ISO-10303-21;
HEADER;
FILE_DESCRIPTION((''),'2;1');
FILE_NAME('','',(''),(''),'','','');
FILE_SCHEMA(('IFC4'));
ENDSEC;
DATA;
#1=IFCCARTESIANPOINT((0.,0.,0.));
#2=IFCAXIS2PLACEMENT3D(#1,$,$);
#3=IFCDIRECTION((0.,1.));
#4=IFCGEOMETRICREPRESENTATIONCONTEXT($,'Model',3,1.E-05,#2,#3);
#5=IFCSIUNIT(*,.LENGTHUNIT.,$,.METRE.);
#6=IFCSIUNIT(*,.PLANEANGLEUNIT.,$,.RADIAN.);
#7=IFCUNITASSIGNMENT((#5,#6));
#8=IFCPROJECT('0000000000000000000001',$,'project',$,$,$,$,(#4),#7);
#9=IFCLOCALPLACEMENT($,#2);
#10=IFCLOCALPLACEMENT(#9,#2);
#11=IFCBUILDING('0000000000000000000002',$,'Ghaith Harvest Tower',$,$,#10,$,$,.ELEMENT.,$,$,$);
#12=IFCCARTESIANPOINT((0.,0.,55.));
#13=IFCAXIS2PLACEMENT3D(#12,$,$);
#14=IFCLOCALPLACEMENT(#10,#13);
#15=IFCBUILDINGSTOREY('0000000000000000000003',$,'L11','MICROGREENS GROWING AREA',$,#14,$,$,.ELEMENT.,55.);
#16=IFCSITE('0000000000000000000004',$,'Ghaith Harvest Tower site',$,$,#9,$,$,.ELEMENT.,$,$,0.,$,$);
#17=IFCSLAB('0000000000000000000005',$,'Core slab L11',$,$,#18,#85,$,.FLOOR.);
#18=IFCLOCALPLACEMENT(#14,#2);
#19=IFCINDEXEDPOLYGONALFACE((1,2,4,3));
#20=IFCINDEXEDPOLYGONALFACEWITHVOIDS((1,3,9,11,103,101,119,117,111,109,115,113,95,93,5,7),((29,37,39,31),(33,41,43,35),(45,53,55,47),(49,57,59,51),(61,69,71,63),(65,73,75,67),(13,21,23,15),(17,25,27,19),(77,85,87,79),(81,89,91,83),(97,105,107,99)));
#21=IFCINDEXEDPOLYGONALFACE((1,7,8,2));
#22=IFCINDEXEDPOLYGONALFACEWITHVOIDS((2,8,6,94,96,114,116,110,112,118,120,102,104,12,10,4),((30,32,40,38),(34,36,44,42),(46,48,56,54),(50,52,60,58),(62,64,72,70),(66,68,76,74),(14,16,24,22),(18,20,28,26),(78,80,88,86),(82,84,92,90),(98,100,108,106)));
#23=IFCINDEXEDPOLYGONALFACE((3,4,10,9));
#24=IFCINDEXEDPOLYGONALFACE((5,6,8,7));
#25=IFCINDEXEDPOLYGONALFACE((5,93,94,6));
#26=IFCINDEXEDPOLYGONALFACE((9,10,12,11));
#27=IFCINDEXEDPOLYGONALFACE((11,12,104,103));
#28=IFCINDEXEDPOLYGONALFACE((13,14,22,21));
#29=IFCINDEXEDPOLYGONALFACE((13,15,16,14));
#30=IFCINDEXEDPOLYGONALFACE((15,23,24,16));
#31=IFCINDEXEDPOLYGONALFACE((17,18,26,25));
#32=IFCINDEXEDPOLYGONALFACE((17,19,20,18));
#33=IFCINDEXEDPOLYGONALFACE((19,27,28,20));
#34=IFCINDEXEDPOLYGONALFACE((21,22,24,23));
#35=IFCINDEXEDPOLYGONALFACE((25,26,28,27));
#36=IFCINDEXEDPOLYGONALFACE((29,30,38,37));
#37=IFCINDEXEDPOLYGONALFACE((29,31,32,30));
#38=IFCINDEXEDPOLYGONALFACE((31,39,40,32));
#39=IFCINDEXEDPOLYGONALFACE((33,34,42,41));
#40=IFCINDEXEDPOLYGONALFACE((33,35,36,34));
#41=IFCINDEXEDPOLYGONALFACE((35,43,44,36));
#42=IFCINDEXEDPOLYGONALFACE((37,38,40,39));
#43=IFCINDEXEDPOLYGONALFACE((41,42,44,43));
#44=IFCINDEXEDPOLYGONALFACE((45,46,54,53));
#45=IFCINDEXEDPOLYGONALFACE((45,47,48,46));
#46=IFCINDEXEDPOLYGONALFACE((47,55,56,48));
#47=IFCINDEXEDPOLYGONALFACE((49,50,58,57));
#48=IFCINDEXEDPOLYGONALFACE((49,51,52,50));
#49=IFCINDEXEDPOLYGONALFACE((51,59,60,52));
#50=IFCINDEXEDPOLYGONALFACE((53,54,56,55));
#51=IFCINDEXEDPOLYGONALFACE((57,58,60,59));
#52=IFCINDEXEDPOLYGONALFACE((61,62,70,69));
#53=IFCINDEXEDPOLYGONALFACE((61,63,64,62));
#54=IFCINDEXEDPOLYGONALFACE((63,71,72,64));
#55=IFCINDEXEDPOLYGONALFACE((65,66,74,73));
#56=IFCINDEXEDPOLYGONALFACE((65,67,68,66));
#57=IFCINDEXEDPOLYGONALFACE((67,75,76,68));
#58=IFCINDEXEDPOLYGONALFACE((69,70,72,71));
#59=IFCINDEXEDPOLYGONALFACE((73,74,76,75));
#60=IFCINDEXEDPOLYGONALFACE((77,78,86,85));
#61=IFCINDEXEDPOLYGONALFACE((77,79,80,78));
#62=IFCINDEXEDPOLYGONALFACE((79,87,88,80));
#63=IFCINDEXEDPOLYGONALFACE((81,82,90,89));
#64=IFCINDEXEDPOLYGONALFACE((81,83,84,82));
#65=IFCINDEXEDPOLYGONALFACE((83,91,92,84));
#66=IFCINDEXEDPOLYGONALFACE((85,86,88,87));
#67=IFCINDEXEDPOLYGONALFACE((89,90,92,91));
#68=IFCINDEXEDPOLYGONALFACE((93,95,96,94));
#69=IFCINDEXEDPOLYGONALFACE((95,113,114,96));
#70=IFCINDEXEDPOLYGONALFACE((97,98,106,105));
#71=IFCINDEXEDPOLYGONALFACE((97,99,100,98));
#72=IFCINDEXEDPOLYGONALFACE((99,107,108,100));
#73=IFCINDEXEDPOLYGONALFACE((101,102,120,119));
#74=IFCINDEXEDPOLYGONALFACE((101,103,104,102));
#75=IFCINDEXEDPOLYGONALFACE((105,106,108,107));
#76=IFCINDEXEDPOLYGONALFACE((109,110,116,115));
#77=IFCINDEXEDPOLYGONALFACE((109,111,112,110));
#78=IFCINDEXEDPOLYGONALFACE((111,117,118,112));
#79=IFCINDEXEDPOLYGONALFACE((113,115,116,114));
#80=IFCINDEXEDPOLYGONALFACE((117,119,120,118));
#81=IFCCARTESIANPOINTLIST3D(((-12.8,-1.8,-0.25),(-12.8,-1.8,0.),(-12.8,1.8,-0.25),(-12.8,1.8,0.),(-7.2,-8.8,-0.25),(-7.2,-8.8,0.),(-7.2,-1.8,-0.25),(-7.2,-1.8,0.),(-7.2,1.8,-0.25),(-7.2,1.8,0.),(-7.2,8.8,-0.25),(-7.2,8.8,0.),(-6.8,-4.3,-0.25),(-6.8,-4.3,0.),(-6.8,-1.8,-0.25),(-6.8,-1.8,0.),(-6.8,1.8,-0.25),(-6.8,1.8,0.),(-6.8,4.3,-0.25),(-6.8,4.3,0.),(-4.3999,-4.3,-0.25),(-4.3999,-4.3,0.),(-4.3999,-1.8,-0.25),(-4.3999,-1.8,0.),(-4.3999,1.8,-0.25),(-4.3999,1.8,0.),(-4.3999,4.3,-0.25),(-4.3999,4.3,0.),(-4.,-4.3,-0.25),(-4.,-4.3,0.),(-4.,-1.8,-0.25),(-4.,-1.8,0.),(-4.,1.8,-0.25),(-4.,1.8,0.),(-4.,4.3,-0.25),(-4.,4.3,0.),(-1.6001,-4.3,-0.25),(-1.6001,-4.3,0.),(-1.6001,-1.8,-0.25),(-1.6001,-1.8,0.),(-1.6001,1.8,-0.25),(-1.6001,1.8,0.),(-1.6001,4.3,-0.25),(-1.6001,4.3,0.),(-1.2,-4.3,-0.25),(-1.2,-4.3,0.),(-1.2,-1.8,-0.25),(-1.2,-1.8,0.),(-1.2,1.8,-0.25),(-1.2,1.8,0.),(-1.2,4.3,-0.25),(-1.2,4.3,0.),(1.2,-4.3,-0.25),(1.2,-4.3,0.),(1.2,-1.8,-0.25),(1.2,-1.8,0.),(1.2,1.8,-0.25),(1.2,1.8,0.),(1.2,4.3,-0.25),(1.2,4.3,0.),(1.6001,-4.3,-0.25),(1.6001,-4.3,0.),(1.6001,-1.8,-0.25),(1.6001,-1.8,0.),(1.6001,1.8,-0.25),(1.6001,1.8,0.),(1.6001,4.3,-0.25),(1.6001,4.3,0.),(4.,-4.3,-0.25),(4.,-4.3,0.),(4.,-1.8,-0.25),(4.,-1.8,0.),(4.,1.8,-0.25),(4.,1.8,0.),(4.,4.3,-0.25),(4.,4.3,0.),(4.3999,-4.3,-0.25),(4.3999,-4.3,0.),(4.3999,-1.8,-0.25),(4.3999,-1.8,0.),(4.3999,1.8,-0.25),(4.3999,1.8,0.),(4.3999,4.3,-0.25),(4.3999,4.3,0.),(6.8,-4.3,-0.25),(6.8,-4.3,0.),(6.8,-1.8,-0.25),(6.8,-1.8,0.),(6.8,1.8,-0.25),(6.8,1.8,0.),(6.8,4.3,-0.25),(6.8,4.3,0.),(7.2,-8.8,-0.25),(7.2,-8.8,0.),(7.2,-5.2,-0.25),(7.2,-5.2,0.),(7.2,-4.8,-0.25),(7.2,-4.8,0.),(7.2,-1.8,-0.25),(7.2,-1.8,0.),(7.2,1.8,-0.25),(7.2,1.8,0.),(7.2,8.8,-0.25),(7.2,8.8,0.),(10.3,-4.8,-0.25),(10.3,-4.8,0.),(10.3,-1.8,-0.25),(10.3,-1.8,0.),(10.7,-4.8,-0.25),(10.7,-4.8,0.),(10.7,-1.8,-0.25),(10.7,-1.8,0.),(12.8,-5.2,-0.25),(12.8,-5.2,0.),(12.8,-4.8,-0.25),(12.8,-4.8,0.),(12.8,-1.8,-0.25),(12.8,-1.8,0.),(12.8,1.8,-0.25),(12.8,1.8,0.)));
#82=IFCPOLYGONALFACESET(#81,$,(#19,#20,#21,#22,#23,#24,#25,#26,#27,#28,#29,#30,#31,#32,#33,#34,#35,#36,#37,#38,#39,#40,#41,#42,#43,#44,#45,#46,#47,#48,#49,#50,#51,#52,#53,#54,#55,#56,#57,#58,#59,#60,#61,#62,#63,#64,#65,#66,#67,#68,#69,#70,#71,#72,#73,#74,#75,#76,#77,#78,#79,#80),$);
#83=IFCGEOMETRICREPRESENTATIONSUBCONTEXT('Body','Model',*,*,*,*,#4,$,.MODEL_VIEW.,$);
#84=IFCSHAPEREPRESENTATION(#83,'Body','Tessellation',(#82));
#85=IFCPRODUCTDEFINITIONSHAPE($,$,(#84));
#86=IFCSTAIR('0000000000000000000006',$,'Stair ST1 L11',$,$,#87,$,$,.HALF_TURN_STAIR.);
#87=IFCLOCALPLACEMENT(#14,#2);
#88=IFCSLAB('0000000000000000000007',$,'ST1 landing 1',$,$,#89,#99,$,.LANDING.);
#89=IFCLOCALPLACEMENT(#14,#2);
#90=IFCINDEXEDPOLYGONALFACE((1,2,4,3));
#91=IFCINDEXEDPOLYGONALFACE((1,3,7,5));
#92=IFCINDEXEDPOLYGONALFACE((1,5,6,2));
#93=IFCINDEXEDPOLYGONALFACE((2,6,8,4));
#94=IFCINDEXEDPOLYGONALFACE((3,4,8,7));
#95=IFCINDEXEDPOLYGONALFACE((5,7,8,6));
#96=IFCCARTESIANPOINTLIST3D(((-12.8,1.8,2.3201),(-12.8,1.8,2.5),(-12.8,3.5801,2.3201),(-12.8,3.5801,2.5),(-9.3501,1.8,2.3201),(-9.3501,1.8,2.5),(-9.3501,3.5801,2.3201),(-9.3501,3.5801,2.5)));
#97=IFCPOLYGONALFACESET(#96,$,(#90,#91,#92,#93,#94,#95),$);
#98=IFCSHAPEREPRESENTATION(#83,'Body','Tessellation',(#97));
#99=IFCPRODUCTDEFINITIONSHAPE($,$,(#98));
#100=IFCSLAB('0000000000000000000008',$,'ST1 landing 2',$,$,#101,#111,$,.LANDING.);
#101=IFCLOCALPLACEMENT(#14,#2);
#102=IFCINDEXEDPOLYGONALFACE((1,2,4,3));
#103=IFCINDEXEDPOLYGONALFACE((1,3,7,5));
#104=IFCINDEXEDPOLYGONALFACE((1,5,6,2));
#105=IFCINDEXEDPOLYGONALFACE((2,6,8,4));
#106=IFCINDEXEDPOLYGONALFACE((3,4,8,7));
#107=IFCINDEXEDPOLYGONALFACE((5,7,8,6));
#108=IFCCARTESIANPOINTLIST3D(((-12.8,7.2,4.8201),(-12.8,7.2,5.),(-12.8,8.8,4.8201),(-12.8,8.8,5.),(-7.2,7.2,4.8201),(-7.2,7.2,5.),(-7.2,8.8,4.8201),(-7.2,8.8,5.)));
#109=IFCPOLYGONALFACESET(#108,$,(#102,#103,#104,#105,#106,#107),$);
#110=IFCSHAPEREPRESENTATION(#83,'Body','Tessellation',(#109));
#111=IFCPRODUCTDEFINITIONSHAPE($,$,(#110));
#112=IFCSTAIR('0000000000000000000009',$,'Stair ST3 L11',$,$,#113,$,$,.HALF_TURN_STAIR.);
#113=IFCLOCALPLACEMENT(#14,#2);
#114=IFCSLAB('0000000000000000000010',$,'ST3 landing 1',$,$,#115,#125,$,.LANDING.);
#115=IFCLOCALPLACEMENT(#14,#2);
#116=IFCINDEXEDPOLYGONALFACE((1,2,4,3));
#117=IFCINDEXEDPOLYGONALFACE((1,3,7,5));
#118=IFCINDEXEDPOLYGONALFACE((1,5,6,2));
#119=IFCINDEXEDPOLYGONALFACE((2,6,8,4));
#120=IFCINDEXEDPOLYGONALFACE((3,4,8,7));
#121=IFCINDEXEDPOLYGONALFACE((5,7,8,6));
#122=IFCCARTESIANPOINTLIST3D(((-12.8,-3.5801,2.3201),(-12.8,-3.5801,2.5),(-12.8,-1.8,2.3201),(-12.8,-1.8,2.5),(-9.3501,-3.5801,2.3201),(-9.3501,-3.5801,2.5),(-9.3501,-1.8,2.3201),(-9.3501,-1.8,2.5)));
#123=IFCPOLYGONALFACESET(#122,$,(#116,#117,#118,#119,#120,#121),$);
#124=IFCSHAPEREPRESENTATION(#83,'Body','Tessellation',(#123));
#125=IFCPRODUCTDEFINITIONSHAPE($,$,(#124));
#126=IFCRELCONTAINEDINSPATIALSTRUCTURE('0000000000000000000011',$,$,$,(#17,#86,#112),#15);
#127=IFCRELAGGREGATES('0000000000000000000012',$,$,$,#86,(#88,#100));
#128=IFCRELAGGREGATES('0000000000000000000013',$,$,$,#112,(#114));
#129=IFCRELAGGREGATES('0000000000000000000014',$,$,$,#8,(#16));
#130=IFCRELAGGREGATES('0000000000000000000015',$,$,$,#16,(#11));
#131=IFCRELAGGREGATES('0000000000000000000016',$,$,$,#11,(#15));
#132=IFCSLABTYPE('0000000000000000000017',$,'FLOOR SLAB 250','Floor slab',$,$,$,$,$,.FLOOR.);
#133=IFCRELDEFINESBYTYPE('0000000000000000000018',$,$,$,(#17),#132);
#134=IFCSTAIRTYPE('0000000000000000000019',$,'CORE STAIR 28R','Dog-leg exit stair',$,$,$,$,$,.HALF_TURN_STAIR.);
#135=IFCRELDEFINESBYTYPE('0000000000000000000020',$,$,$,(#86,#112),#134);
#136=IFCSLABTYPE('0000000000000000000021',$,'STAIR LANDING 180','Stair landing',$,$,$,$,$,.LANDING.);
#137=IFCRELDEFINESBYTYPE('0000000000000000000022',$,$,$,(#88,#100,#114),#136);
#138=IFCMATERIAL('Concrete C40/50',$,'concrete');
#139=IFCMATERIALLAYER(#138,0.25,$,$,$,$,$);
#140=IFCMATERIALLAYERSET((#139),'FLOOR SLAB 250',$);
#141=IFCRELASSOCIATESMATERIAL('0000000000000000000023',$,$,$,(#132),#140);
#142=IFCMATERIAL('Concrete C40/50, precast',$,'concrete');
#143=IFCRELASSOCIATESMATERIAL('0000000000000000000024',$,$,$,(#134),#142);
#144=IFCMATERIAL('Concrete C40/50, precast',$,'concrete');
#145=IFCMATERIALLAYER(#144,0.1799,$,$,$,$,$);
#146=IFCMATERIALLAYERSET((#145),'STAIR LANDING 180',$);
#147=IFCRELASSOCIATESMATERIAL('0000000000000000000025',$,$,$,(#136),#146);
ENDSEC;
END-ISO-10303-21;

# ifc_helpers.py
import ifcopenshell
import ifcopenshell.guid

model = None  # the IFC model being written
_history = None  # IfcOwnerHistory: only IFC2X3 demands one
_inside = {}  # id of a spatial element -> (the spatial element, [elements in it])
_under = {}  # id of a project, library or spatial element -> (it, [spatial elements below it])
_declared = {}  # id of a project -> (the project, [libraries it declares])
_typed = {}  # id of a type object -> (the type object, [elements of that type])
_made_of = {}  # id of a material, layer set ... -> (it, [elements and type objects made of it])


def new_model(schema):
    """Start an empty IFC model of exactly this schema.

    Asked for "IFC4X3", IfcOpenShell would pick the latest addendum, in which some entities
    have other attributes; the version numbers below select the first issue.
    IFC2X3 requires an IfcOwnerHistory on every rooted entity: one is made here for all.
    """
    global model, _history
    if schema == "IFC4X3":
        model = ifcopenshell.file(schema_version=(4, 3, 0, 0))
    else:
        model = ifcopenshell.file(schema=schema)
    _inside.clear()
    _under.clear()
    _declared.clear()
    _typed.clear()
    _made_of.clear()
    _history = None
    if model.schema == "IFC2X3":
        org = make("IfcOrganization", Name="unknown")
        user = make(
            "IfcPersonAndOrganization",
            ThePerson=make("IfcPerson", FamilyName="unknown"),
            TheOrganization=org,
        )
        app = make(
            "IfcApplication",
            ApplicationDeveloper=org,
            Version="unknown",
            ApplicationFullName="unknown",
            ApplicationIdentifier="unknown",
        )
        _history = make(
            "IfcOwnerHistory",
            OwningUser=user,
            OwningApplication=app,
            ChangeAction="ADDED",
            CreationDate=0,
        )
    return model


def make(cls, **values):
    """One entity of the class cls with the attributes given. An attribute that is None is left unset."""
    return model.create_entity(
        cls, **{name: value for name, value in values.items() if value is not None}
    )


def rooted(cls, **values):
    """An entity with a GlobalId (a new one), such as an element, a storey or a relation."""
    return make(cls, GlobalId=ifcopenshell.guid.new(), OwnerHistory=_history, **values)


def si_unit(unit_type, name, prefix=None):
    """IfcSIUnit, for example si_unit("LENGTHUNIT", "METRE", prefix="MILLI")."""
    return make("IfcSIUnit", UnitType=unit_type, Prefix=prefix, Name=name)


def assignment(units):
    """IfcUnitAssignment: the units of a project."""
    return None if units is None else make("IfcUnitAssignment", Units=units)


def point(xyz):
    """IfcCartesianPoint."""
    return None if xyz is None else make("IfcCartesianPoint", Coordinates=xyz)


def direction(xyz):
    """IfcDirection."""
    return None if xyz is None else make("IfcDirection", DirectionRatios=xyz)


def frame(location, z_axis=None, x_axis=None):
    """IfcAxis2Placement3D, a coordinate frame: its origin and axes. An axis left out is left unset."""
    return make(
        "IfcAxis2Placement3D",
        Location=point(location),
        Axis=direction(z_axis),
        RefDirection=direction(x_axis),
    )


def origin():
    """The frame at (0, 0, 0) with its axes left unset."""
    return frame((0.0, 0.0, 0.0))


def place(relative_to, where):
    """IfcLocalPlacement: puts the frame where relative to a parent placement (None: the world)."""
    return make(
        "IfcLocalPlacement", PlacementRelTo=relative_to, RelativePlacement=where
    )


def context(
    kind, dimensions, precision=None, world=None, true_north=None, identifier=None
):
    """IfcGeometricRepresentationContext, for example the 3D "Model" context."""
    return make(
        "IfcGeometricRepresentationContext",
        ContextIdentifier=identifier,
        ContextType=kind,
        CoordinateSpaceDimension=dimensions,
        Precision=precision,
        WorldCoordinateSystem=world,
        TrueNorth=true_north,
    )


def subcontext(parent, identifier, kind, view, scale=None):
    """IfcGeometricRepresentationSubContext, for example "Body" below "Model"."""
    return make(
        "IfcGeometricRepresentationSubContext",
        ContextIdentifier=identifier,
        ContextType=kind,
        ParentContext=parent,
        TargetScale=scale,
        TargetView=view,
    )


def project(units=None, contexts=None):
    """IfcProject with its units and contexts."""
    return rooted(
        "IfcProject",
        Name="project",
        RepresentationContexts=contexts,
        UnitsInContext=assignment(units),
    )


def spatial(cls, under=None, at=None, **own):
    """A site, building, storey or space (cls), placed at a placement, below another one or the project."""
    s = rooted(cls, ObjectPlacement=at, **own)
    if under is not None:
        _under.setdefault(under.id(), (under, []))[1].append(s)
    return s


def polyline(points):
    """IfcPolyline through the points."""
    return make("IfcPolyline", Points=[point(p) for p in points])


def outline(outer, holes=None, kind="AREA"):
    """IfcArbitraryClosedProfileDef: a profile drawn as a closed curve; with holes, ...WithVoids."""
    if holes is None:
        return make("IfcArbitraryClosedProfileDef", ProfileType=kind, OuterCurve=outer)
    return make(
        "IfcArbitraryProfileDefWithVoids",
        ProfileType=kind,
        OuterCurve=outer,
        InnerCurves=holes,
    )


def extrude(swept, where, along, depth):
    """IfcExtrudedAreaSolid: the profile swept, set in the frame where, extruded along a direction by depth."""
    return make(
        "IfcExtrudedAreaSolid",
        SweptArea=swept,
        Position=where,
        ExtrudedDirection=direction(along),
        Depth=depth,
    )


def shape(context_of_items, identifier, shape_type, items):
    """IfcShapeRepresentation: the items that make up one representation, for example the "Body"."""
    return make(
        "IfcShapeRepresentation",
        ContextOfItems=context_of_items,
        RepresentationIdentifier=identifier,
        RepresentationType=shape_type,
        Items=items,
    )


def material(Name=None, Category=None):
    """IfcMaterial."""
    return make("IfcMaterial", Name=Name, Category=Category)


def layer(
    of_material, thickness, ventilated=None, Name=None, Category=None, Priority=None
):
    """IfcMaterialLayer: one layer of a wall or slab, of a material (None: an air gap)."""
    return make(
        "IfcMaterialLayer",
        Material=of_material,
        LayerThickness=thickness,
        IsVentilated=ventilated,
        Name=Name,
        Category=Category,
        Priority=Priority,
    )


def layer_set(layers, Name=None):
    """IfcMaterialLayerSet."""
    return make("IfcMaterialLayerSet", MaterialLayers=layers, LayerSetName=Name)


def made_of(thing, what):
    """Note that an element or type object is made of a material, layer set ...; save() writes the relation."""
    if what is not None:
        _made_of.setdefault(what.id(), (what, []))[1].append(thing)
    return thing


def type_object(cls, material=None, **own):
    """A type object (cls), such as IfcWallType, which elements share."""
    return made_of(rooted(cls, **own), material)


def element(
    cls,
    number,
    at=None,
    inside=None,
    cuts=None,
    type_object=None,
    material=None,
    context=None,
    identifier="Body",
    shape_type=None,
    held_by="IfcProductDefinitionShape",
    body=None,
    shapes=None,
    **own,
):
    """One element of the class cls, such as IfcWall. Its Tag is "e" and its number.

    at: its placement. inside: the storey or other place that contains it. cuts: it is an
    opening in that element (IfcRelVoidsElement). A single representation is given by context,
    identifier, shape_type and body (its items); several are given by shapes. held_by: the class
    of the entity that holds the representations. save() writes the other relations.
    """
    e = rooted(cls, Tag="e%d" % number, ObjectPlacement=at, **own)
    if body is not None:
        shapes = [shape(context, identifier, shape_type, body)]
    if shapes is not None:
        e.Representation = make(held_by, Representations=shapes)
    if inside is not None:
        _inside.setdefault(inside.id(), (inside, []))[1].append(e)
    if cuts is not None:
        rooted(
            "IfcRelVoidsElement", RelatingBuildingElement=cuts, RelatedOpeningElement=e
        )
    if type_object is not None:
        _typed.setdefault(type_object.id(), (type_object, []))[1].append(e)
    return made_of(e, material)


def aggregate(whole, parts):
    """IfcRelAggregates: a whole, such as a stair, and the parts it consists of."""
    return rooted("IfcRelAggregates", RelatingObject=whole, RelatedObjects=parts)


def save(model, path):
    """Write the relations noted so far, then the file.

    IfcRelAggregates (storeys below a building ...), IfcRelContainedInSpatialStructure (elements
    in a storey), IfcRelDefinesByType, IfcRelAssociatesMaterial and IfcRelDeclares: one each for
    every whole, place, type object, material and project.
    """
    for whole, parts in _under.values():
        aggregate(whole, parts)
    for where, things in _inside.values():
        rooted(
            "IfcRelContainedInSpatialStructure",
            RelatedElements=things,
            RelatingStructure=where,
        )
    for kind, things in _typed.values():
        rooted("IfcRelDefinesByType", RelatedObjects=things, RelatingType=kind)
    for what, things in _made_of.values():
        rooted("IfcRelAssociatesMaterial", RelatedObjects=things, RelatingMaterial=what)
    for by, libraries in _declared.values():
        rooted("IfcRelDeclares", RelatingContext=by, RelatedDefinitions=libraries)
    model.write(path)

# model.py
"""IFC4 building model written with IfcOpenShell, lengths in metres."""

from ifc_helpers import new_model, si_unit, direction, frame, origin, place, context, subcontext, project, spatial, polyline, outline, extrude, material, layer, layer_set, type_object, element, aggregate, save


model = new_model("IFC4")

# Units and contexts
model_context = context("Model", 3, precision=1e-05, world=origin(), true_north=direction((0.0, 1.0)))
body_context = subcontext(model_context, "Body", "Model", "MODEL_VIEW")
ifc_project = project(units=[si_unit("LENGTHUNIT", "METRE"), si_unit("PLANEANGLEUNIT", "RADIAN")], contexts=[model_context])

# Site, building, storey
site_placement = place(None, origin())
site = spatial("IfcSite", under=ifc_project, at=site_placement, Name="Ghaith Harvest Tower site", CompositionType="ELEMENT", RefElevation=0.0)
building_placement = place(site_placement, origin())
building = spatial("IfcBuilding", under=site, at=building_placement, Name="Ghaith Harvest Tower", CompositionType="ELEMENT")
storey_placement = place(building_placement, frame((0.0, 0.0, 55.0)))
storey = spatial("IfcBuildingStorey", under=building, at=storey_placement, Name="L11", Description="MICROGREENS GROWING AREA", CompositionType="ELEMENT", Elevation=55.0)

# Slab
ifc_material_1 = material(Name="Concrete C40/50", Category="concrete")
ifc_layer_1 = layer(ifc_material_1, 0.25)
ifc_layer_set_1 = layer_set([ifc_layer_1], Name="FLOOR SLAB 250")
slab_type_1 = type_object("IfcSlabType", Name="FLOOR SLAB 250", Description="Floor slab", PredefinedType="FLOOR", material=ifc_layer_set_1)
slab_1_placement = place(storey_placement, frame((0.0, 0.0, -0.25)))
element("IfcSlab", 1, at=slab_1_placement, inside=storey, type_object=slab_type_1, Name="Core slab L11", PredefinedType="FLOOR", context=body_context, shape_type="SweptSolid", body=[
    extrude(outline(polyline([(-12.8, 1.8), (-7.2, 1.8), (-7.2, 8.8), (7.2, 8.8), (7.2, 1.8), (12.8, 1.8), (12.8, -1.8), (10.7, -1.8), (10.7, -4.8), (12.8, -4.8), (12.8, -5.2), (7.2, -5.2), (7.2, -8.8), (-7.2, -8.8), (-7.2, -1.8), (-12.8, -1.8), (-12.8, 1.8)]), holes=[polyline([(-4.3999, -4.3), (-4.3999, -1.8), (-6.8, -1.8), (-6.8, -4.3), (-4.3999, -4.3)]), polyline([(-1.6001, -4.3), (-1.6001, -1.8), (-4.0, -1.8), (-4.0, -4.3), (-1.6001, -4.3)]), polyline([(1.2, -4.3), (1.2, -1.8), (-1.2, -1.8), (-1.2, -4.3), (1.2, -4.3)]), polyline([(-4.3999, 1.8), (-4.3999, 4.3), (-6.8, 4.3), (-6.8, 1.8), (-4.3999, 1.8)]), polyline([(-1.6001, 1.8), (-1.6001, 4.3), (-4.0, 4.3), (-4.0, 1.8), (-1.6001, 1.8)]), polyline([(1.2, 1.8), (1.2, 4.3), (-1.2, 4.3), (-1.2, 1.8), (1.2, 1.8)]), polyline([(10.3, -4.8), (10.3, -1.8), (7.2, -1.8), (7.2, -4.8), (10.3, -4.8)]), polyline([(4.0, -4.3), (4.0, -1.8), (1.6001, -1.8), (1.6001, -4.3), (4.0, -4.3)]), polyline([(6.8, -4.3), (6.8, -1.8), (4.3999, -1.8), (4.3999, -4.3), (6.8, -4.3)]), polyline([(4.0, 1.8), (4.0, 4.3), (1.6001, 4.3), (1.6001, 1.8), (4.0, 1.8)]), polyline([(6.8, 1.8), (6.8, 4.3), (4.3999, 4.3), (4.3999, 1.8), (6.8, 1.8)])]), origin(), (0.0, 0.0, 1.0), 0.25),
])

# Stair, slabs
ifc_material_2 = material(Name="Concrete C40/50, precast", Category="concrete")
stair_type = type_object("IfcStairType", Name="CORE STAIR 28R", Description="Dog-leg exit stair", PredefinedType="HALF_TURN_STAIR", material=ifc_material_2)
stair_1_placement = place(storey_placement, origin())
stair_1 = element("IfcStair", 2, at=stair_1_placement, inside=storey, type_object=stair_type, Name="Stair ST1 L11", PredefinedType="HALF_TURN_STAIR")
ifc_material_3 = material(Name="Concrete C40/50, precast", Category="concrete")
ifc_layer_2 = layer(ifc_material_3, 0.1799)
ifc_layer_set_2 = layer_set([ifc_layer_2], Name="STAIR LANDING 180")
slab_type_2 = type_object("IfcSlabType", Name="STAIR LANDING 180", Description="Stair landing", PredefinedType="LANDING", material=ifc_layer_set_2)
slab_2_placement = place(storey_placement, frame((0.0, 0.0, 2.3201)))
slab_2 = element("IfcSlab", 3, at=slab_2_placement, type_object=slab_type_2, Name="ST1 landing 1", PredefinedType="LANDING", context=body_context, shape_type="SweptSolid", body=[
    extrude(outline(polyline([(-12.8, 3.5801), (-12.8, 1.8), (-9.3501, 1.8), (-9.3501, 3.5801), (-12.8, 3.5801)])), origin(), (0.0, 0.0, 1.0), 0.1799),
])
slab_3_placement = place(storey_placement, frame((0.0, 0.0, 4.8201)))
slab_3 = element("IfcSlab", 4, at=slab_3_placement, type_object=slab_type_2, Name="ST1 landing 2", PredefinedType="LANDING", context=body_context, shape_type="SweptSolid", body=[
    extrude(outline(polyline([(-12.8, 8.8), (-12.8, 7.2), (-7.2, 7.2), (-7.2, 8.8), (-12.8, 8.8)])), origin(), (0.0, 0.0, 1.0), 0.1799),
])
aggregate(stair_1, [slab_2, slab_3])

# Stair, slab
stair_2_placement = place(storey_placement, origin())
stair_2 = element("IfcStair", 5, at=stair_2_placement, inside=storey, type_object=stair_type, Name="Stair ST3 L11", PredefinedType="HALF_TURN_STAIR")
slab_4_placement = place(storey_placement, frame((0.0, 0.0, 2.3201)))
slab_4 = element("IfcSlab", 6, at=slab_4_placement, type_object=slab_type_2, Name="ST3 landing 1", PredefinedType="LANDING", context=body_context, shape_type="SweptSolid", body=[
    extrude(outline(polyline([(-12.8, -3.5801), (-12.8, -1.8), (-9.3501, -1.8), (-9.3501, -3.5801), (-12.8, -3.5801)])), origin(), (0.0, 0.0, 1.0), 0.1799),
])
aggregate(stair_2, [slab_4])

save(model, "model.ifc")
